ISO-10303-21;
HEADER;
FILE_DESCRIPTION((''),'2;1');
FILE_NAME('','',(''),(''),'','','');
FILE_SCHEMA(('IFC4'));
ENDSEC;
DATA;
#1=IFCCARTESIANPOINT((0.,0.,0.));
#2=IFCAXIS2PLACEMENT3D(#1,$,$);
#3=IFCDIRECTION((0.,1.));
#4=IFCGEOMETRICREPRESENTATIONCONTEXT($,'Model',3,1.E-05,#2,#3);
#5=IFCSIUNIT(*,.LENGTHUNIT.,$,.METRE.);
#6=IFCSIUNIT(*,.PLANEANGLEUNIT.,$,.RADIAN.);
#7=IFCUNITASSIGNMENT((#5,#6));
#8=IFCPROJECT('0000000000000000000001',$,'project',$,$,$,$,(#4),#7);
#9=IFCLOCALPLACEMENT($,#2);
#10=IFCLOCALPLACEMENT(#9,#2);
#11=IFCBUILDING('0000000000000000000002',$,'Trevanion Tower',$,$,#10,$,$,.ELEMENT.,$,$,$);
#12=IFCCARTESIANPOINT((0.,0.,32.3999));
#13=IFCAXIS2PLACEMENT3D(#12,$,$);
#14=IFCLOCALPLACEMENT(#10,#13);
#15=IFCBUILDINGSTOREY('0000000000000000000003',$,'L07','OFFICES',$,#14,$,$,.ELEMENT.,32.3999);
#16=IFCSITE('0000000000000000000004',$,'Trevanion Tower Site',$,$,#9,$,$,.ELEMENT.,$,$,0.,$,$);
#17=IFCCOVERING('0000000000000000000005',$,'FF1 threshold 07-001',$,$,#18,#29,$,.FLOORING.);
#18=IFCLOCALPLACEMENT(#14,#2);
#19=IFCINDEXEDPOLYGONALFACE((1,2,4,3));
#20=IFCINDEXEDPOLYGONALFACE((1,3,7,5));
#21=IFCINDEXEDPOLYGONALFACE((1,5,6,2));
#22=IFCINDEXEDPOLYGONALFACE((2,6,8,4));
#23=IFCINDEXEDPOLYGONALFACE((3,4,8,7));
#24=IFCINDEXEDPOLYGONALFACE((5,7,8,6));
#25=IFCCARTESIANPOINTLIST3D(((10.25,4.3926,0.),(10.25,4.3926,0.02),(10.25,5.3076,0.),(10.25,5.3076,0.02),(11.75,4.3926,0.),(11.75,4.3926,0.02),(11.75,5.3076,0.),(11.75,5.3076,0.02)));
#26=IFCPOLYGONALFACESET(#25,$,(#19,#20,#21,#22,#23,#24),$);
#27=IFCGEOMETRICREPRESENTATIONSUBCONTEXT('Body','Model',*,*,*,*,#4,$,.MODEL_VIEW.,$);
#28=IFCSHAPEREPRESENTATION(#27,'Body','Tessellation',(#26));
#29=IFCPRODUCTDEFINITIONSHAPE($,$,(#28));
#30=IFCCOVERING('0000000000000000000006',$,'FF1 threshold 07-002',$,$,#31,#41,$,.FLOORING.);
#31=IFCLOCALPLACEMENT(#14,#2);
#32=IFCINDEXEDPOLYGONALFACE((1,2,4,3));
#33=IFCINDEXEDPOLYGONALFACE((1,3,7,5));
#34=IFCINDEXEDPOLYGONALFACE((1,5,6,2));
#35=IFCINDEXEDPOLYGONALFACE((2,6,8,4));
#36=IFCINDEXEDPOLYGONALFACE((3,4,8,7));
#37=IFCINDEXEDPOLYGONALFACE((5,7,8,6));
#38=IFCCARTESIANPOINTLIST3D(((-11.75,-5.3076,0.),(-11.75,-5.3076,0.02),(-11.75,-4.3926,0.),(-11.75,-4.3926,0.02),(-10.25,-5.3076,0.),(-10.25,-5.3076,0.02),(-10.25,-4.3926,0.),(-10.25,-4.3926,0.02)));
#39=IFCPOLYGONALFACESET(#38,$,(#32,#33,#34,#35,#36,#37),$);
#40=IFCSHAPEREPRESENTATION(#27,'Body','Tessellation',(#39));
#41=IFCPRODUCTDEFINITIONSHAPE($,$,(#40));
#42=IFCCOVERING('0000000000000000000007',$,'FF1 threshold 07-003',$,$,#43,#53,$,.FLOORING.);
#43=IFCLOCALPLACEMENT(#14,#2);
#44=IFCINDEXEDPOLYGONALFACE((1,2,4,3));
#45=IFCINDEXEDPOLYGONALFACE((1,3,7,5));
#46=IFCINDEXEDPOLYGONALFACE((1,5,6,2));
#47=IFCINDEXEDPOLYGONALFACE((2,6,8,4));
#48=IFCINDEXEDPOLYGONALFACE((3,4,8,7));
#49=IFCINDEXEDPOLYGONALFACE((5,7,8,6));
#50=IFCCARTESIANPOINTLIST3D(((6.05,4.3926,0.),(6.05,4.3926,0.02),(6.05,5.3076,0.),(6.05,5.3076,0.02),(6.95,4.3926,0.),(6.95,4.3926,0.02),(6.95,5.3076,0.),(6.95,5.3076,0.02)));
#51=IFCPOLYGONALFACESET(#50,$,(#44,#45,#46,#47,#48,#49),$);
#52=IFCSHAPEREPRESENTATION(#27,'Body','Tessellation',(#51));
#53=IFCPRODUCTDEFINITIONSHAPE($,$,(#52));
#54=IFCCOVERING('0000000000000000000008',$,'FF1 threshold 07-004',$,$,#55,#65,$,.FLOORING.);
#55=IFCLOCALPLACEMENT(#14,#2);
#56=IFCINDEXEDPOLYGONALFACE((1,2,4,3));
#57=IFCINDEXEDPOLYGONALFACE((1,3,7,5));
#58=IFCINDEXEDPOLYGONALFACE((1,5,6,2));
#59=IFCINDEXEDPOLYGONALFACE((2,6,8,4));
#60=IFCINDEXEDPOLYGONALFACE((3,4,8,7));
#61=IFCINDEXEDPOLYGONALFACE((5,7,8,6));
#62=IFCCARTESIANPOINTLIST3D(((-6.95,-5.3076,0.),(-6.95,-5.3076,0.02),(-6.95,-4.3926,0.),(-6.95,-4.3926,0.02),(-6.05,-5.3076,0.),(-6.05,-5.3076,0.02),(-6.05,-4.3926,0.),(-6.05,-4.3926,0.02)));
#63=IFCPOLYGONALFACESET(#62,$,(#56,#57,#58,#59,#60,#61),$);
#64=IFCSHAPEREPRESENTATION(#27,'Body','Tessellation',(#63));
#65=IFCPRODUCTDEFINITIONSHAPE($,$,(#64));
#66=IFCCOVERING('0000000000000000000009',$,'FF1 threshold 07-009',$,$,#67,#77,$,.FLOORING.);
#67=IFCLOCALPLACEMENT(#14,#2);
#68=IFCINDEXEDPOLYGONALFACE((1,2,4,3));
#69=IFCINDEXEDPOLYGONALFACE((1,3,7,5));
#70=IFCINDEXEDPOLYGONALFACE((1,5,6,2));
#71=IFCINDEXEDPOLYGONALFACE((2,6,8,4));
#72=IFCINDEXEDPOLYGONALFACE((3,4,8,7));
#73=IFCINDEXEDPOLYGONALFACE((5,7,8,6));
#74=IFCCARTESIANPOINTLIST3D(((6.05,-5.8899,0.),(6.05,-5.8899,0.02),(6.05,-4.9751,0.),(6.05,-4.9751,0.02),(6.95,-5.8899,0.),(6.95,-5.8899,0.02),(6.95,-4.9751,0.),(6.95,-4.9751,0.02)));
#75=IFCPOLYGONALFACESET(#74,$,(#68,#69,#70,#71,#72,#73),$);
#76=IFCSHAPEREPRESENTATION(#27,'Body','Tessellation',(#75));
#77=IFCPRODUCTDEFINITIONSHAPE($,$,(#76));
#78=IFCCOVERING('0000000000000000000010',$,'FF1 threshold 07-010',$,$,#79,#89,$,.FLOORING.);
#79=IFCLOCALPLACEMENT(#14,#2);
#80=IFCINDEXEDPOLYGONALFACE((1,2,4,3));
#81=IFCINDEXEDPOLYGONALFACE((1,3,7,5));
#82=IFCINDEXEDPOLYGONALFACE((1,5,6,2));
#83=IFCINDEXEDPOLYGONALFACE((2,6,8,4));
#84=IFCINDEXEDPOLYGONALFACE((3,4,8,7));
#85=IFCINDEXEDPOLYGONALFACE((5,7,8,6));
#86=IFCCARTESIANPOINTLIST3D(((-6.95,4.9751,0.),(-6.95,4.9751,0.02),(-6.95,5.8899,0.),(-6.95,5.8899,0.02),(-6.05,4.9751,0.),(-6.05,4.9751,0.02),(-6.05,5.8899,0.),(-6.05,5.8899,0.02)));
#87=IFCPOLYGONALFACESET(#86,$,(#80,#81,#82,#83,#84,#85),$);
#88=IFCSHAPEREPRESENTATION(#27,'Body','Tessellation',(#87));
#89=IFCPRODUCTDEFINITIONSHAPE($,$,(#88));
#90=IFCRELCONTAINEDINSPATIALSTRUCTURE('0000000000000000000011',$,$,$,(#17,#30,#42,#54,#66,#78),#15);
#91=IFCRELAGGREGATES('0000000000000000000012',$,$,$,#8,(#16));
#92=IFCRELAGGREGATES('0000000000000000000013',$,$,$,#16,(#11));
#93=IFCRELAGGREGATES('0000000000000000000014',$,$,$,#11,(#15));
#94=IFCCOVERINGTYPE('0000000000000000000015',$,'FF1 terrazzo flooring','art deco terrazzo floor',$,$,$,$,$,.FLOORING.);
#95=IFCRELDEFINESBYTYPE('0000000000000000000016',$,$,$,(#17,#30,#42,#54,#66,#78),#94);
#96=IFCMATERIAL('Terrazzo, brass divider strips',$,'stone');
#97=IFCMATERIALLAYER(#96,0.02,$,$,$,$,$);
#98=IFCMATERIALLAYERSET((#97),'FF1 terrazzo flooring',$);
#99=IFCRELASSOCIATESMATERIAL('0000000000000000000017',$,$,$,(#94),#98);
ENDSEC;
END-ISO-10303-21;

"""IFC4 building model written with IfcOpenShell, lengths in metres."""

from ifc_helpers import new_model, si_unit, direction, frame, origin, place, context, subcontext, project, spatial, polyline, outline, extrude, material, layer, layer_set, type_object, element, save


model = new_model("IFC4")

# Units and contexts
model_context = context("Model", 3, precision=1e-05, world=origin(), true_north=direction((0.0, 1.0)))
body_context = subcontext(model_context, "Body", "Model", "MODEL_VIEW")
ifc_project = project(units=[si_unit("LENGTHUNIT", "METRE"), si_unit("PLANEANGLEUNIT", "RADIAN")], contexts=[model_context])

# Site, building, storey
site_placement = place(None, origin())
site = spatial("IfcSite", under=ifc_project, at=site_placement, Name="Trevanion Tower Site", CompositionType="ELEMENT", RefElevation=0.0)
building_placement = place(site_placement, origin())
building = spatial("IfcBuilding", under=site, at=building_placement, Name="Trevanion Tower", CompositionType="ELEMENT")
storey_placement = place(building_placement, frame((0.0, 0.0, 32.3999)))
storey = spatial("IfcBuildingStorey", under=building, at=storey_placement, Name="L07", Description="OFFICES", CompositionType="ELEMENT", Elevation=32.3999)

# Coverings
ifc_material_1 = material(Name="Terrazzo, brass divider strips", Category="stone")
ifc_layer_1 = layer(ifc_material_1, 0.02)
ifc_layer_set_1 = layer_set([ifc_layer_1], Name="FF1 terrazzo flooring")
covering_type = type_object("IfcCoveringType", Name="FF1 terrazzo flooring", Description="art deco terrazzo floor", PredefinedType="FLOORING", material=ifc_layer_set_1)
covering_1_placement = place(storey_placement, origin())
element("IfcCovering", 1, at=covering_1_placement, inside=storey, type_object=covering_type, Name="FF1 threshold 07-001", PredefinedType="FLOORING", context=body_context, shape_type="SweptSolid", body=[
    extrude(outline(polyline([(11.75, 4.3926), (11.75, 5.3076), (10.25, 5.3076), (10.25, 4.3926), (11.75, 4.3926)])), origin(), (0.0, 0.0, 1.0), 0.02),
])
covering_2_placement = place(storey_placement, origin())
element("IfcCovering", 2, at=covering_2_placement, inside=storey, type_object=covering_type, Name="FF1 threshold 07-002", PredefinedType="FLOORING", context=body_context, shape_type="SweptSolid", body=[
    extrude(outline(polyline([(-11.75, -4.3926), (-11.75, -5.3076), (-10.25, -5.3076), (-10.25, -4.3926), (-11.75, -4.3926)])), origin(), (0.0, 0.0, 1.0), 0.02),
])
covering_3_placement = place(storey_placement, origin())
element("IfcCovering", 3, at=covering_3_placement, inside=storey, type_object=covering_type, Name="FF1 threshold 07-003", PredefinedType="FLOORING", context=body_context, shape_type="SweptSolid", body=[
    extrude(outline(polyline([(6.95, 4.3926), (6.95, 5.3076), (6.05, 5.3076), (6.05, 4.3926), (6.95, 4.3926)])), origin(), (0.0, 0.0, 1.0), 0.02),
])
covering_4_placement = place(storey_placement, origin())
element("IfcCovering", 4, at=covering_4_placement, inside=storey, type_object=covering_type, Name="FF1 threshold 07-004", PredefinedType="FLOORING", context=body_context, shape_type="SweptSolid", body=[
    extrude(outline(polyline([(-6.95, -4.3926), (-6.95, -5.3076), (-6.05, -5.3076), (-6.05, -4.3926), (-6.95, -4.3926)])), origin(), (0.0, 0.0, 1.0), 0.02),
])
covering_5_placement = place(storey_placement, origin())
element("IfcCovering", 5, at=covering_5_placement, inside=storey, type_object=covering_type, Name="FF1 threshold 07-009", PredefinedType="FLOORING", context=body_context, shape_type="SweptSolid", body=[
    extrude(outline(polyline([(6.95, -5.8899), (6.95, -4.9751), (6.05, -4.9751), (6.05, -5.8899), (6.95, -5.8899)])), origin(), (0.0, 0.0, 1.0), 0.02),
])
covering_6_placement = place(storey_placement, origin())
element("IfcCovering", 6, at=covering_6_placement, inside=storey, type_object=covering_type, Name="FF1 threshold 07-010", PredefinedType="FLOORING", context=body_context, shape_type="SweptSolid", body=[
    extrude(outline(polyline([(-6.95, 5.8899), (-6.95, 4.9751), (-6.05, 4.9751), (-6.05, 5.8899), (-6.95, 5.8899)])), origin(), (0.0, 0.0, 1.0), 0.02),
])

save(model, "model.ifc")
